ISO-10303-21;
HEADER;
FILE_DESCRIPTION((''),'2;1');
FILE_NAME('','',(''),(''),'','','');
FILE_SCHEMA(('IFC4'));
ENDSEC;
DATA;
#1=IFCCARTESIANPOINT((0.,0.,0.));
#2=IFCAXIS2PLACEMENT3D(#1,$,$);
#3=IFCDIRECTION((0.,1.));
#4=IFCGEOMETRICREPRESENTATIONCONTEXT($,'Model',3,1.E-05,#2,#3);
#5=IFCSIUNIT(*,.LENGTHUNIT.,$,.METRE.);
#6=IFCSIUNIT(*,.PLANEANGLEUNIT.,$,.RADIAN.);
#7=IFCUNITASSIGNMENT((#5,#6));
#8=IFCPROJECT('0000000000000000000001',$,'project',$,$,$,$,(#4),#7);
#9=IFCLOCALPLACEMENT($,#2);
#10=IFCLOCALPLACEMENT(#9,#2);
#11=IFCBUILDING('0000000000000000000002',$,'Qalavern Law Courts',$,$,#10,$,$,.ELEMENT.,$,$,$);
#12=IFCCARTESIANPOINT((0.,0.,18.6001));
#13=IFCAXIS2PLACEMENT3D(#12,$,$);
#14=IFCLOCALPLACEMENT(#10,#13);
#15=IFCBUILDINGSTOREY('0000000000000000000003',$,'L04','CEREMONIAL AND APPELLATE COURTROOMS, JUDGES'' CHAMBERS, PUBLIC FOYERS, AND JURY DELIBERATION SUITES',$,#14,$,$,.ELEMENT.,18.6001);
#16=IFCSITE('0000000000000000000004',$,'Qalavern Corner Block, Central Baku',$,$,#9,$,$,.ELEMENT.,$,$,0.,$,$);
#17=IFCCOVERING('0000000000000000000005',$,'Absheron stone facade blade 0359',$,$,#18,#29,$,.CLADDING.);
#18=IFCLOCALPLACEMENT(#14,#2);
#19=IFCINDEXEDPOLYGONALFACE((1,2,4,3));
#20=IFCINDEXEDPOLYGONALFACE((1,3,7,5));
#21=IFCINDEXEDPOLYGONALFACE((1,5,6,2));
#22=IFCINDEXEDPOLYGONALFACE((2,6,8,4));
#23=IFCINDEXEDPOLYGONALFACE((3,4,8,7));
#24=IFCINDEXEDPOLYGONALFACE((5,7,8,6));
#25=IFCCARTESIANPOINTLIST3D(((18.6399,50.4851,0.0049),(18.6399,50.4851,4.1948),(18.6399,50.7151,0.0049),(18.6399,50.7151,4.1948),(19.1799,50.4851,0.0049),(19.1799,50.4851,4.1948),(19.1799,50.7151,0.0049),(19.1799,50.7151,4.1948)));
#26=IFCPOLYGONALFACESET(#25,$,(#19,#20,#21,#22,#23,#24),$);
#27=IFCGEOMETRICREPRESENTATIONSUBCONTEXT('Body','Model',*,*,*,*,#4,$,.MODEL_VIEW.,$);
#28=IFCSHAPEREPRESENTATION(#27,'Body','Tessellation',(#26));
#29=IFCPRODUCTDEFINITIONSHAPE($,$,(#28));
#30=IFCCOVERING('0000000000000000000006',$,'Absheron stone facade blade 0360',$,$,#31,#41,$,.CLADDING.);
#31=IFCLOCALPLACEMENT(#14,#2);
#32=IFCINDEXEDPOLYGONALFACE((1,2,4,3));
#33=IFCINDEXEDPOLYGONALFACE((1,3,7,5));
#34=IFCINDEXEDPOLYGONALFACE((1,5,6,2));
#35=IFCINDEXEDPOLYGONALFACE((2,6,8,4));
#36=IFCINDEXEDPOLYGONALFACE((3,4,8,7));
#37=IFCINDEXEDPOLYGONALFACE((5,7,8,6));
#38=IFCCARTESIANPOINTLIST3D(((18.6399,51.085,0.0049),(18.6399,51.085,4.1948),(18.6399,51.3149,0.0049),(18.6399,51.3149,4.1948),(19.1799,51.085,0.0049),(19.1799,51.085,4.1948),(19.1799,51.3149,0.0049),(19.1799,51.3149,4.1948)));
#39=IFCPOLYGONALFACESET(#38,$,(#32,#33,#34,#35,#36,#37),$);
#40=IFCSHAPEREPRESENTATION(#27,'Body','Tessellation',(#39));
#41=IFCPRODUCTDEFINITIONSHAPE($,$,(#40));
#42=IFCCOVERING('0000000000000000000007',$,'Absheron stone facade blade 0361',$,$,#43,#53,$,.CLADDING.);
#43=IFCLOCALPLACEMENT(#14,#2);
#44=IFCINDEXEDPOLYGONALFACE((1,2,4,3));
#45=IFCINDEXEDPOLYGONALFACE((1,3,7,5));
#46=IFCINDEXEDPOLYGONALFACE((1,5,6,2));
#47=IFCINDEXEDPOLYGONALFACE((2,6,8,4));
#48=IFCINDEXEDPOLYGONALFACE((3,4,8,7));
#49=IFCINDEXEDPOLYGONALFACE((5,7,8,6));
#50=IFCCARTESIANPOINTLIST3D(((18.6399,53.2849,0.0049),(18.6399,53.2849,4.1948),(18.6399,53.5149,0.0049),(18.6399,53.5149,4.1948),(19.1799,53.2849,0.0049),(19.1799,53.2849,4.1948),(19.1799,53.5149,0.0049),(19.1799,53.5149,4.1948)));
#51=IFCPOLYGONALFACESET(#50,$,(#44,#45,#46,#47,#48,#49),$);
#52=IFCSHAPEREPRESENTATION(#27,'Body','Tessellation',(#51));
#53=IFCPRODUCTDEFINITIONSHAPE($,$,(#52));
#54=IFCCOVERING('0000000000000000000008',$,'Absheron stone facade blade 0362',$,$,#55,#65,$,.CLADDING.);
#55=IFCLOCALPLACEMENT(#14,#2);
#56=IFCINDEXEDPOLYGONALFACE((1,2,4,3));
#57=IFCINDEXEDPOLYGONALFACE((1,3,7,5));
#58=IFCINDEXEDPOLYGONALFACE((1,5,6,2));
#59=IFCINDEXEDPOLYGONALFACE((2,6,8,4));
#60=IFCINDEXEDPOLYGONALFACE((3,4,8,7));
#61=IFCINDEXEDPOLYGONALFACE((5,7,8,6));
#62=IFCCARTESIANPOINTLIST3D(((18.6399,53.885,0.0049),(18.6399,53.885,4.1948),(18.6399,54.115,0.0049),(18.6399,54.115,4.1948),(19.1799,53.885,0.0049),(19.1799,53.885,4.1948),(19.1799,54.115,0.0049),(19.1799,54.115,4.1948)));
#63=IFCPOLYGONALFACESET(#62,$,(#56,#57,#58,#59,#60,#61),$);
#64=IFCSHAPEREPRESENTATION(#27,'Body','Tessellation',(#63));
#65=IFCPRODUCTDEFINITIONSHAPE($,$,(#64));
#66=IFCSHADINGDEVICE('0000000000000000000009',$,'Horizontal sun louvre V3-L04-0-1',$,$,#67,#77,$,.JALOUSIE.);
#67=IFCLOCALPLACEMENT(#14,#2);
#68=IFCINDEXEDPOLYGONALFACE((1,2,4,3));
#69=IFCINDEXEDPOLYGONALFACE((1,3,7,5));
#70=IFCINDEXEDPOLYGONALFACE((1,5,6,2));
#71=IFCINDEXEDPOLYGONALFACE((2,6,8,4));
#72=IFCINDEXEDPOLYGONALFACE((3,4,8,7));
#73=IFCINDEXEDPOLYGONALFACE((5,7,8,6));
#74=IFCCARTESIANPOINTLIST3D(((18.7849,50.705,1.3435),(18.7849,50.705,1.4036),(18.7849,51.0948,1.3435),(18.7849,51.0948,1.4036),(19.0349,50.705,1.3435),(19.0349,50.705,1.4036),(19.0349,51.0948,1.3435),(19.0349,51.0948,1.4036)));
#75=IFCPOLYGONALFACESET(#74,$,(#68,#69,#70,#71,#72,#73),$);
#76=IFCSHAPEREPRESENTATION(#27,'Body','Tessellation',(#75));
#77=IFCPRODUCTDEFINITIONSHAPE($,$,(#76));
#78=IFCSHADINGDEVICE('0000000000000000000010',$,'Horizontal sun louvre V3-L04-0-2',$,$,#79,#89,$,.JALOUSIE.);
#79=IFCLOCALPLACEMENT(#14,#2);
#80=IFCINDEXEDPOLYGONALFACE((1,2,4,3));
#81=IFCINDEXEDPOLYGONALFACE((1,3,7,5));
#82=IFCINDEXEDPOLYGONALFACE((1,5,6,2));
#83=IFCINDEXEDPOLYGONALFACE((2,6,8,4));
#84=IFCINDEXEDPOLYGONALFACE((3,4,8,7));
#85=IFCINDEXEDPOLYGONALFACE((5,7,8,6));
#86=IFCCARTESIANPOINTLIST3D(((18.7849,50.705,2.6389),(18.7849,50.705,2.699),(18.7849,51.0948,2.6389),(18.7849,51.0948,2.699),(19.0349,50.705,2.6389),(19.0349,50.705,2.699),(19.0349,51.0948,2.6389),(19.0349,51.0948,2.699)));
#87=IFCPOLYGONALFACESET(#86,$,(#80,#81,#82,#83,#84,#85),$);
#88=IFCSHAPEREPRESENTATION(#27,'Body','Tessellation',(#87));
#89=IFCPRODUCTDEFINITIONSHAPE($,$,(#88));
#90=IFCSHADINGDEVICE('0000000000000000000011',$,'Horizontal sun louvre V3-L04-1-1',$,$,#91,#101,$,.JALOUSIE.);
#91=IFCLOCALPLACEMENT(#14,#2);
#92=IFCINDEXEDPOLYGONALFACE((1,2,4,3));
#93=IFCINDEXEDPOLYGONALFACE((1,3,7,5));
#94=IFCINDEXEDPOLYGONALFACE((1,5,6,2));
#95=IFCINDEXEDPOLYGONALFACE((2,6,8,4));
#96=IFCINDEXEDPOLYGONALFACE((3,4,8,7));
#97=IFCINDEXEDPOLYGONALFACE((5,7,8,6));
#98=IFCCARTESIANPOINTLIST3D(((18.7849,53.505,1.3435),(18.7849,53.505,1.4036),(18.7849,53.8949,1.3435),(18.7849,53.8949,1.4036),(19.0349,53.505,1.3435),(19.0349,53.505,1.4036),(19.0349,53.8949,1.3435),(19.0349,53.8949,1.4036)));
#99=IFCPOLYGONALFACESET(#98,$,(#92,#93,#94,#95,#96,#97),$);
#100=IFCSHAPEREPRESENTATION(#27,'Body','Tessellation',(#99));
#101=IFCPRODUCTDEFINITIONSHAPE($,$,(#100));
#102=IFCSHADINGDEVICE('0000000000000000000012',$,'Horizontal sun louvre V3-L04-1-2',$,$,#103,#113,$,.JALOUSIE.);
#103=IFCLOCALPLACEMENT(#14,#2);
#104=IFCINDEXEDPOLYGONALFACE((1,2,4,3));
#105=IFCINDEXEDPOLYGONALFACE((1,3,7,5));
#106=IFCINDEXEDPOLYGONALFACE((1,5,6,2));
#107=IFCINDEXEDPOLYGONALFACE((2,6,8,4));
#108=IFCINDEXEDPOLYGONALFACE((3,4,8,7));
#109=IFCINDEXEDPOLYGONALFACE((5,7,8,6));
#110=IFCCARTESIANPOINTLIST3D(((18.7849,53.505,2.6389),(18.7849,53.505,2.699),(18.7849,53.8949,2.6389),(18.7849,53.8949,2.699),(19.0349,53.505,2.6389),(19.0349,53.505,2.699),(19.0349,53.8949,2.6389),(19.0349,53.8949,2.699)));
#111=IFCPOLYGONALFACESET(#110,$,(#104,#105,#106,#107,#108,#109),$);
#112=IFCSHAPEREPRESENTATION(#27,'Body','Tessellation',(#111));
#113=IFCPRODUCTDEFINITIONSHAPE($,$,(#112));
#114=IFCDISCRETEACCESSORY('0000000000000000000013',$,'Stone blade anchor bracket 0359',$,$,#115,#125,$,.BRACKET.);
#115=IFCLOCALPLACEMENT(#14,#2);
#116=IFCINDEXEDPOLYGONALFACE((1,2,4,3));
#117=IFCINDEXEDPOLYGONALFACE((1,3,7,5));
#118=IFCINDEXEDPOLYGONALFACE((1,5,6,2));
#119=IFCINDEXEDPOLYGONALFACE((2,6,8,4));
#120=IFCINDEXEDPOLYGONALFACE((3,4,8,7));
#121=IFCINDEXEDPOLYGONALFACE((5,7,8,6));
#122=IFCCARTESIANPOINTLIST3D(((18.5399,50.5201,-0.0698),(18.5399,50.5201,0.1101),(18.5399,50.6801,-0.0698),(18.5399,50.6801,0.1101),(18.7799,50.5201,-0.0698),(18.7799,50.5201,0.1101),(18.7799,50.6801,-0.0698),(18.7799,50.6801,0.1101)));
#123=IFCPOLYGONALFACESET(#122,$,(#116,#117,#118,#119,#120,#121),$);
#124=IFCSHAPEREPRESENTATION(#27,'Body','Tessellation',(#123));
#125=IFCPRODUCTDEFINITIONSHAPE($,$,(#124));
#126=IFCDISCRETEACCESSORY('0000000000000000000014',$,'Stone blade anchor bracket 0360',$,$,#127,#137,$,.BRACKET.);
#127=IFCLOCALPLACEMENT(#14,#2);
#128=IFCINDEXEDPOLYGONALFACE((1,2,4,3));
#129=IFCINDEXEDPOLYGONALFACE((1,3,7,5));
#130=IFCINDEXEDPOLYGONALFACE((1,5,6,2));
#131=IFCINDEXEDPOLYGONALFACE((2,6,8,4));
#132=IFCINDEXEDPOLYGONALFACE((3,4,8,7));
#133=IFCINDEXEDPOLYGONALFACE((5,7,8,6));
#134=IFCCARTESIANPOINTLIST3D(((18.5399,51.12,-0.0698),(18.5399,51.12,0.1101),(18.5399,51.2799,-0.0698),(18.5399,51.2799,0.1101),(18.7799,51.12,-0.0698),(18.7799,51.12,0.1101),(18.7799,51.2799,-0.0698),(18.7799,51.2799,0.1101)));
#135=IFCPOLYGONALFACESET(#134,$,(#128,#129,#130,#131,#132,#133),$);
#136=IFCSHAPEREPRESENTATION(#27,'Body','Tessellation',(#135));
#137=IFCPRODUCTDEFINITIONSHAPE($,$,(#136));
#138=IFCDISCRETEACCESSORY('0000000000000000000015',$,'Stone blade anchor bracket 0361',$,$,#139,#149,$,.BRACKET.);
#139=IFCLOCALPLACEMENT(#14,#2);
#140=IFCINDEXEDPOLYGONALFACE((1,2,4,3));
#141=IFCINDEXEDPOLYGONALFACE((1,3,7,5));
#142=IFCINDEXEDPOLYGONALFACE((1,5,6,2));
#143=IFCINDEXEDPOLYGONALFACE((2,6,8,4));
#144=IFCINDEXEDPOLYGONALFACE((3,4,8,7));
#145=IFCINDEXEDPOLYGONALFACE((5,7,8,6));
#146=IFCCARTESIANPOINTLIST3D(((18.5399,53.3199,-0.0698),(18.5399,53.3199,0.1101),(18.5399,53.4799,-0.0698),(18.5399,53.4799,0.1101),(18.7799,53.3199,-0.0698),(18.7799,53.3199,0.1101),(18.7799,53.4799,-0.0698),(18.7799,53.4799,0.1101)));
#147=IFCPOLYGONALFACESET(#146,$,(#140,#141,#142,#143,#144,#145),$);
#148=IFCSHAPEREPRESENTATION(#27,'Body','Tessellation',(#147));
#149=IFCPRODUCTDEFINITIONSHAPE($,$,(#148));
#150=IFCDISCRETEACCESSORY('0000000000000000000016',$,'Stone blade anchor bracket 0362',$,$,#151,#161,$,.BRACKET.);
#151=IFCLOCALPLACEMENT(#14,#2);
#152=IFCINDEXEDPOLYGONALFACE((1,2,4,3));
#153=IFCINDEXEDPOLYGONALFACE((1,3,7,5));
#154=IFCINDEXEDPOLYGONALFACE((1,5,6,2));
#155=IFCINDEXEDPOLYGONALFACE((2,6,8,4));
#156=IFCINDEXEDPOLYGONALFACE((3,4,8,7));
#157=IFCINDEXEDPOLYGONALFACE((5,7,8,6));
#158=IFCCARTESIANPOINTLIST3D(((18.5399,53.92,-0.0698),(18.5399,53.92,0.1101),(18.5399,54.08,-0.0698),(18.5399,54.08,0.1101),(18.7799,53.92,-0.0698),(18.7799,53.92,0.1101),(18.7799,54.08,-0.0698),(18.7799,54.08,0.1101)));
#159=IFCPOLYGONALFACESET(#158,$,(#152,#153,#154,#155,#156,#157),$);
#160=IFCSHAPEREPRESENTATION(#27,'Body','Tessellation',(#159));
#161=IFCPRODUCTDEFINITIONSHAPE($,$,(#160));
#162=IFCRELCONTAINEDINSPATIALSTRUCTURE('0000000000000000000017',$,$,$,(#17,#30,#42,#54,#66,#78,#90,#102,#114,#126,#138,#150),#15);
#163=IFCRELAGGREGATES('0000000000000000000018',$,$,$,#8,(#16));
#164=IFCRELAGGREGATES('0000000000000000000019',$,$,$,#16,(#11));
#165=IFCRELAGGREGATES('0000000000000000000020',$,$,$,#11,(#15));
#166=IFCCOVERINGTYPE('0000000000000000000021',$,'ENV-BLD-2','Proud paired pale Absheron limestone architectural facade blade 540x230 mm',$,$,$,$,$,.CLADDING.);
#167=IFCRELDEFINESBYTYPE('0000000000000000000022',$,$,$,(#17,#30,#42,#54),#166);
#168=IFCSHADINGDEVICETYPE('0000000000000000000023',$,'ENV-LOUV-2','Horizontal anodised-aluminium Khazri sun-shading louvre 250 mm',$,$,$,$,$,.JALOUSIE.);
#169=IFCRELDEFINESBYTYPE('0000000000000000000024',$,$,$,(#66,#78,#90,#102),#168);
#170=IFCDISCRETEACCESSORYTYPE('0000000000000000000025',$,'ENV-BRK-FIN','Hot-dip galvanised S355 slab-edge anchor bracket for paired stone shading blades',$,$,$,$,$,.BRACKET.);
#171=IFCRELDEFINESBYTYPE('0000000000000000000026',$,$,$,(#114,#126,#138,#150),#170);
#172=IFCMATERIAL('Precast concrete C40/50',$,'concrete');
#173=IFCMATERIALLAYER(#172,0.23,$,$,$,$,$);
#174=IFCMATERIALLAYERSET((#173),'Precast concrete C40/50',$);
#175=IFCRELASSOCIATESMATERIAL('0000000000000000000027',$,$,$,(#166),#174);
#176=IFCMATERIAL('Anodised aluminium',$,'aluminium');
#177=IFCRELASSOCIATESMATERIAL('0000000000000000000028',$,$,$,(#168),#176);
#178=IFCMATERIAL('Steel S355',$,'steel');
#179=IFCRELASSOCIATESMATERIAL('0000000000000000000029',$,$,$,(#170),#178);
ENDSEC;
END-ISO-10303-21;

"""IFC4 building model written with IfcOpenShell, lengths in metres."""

from ifc_helpers import new_model, si_unit, direction, frame, origin, origin_2d, place, context, subcontext, project, spatial, rectangle, extrude, material, layer, layer_set, type_object, element, save


model = new_model("IFC4")

# Units and contexts
model_context = context("Model", 3, precision=1e-05, world=origin(), true_north=direction((0.0, 1.0)))
body_context = subcontext(model_context, "Body", "Model", "MODEL_VIEW")
ifc_project = project(units=[si_unit("LENGTHUNIT", "METRE"), si_unit("PLANEANGLEUNIT", "RADIAN")], contexts=[model_context])

# Site, building, storey
site_placement = place(None, origin())
site = spatial("IfcSite", under=ifc_project, at=site_placement, Name="Qalavern Corner Block, Central Baku", CompositionType="ELEMENT", RefElevation=0.0)
building_placement = place(site_placement, origin())
building = spatial("IfcBuilding", under=site, at=building_placement, Name="Qalavern Law Courts", CompositionType="ELEMENT")
storey_placement = place(building_placement, frame((0.0, 0.0, 18.6001)))
storey = spatial("IfcBuildingStorey", under=building, at=storey_placement, Name="L04", Description="CEREMONIAL AND APPELLATE COURTROOMS, JUDGES' CHAMBERS, PUBLIC FOYERS, AND JURY DELIBERATION SUITES", CompositionType="ELEMENT", Elevation=18.6001)

# Shared definitions
ifc_material_1 = material(Name="Anodised aluminium", Category="aluminium")

# Coverings
ifc_material_2 = material(Name="Precast concrete C40/50", Category="concrete")
ifc_layer_1 = layer(ifc_material_2, 0.23)
ifc_layer_set_1 = layer_set([ifc_layer_1], Name="Precast concrete C40/50")
covering_type = type_object("IfcCoveringType", Name="ENV-BLD-2", Description="Proud paired pale Absheron limestone architectural facade blade 540x230 mm", PredefinedType="CLADDING", material=ifc_layer_set_1)
for number, where, z_axis, x_axis, name in (
    (1, (18.9099, 50.6001, 0.0049), (0.0, 0.0, 1.0), (1.0, 0.0, 0.0), "Absheron stone facade blade 0359"),
    (2, (18.9099, 51.2, 0.0049), (0.0, 0.0, 1.0), (1.0, 0.0, 0.0), "Absheron stone facade blade 0360"),
    (3, (18.9099, 53.3999, 0.0049), (0.0, 0.0, 1.0), (1.0, 0.0, 0.0), "Absheron stone facade blade 0361"),
    (4, (18.9099, 54.0, 0.0049), (0.0, 0.0, 1.0), (1.0, 0.0, 0.0), "Absheron stone facade blade 0362"),
):
    element("IfcCovering", number, at=place(storey_placement, frame(where, z_axis=z_axis, x_axis=x_axis)), inside=storey, type_object=covering_type, Name=name, PredefinedType="CLADDING", context=body_context, shape_type="SweptSolid", body=[
        extrude(rectangle(XDim=0.54, YDim=0.23, at=origin_2d()), origin(), (0.0, 0.0, 1.0), 4.1899),
    ])

# Shading devices
shading_device_type = type_object("IfcShadingDeviceType", Name="ENV-LOUV-2", Description="Horizontal anodised-aluminium Khazri sun-shading louvre 250 mm", PredefinedType="JALOUSIE", material=ifc_material_1)
for number, where, z_axis, x_axis, name in (
    (5, (18.9099, 50.8999, 1.3435), (0.0, 0.0, 1.0), (0.0, 1.0, 0.0), "Horizontal sun louvre V3-L04-0-1"),
    (6, (18.9099, 50.8999, 2.6389), (0.0, 0.0, 1.0), (0.0, 1.0, 0.0), "Horizontal sun louvre V3-L04-0-2"),
    (7, (18.9099, 53.7, 1.3435), (0.0, 0.0, 1.0), (0.0, 1.0, 0.0), "Horizontal sun louvre V3-L04-1-1"),
    (8, (18.9099, 53.7, 2.6389), (0.0, 0.0, 1.0), (0.0, 1.0, 0.0), "Horizontal sun louvre V3-L04-1-2"),
):
    element("IfcShadingDevice", number, at=place(storey_placement, frame(where, z_axis=z_axis, x_axis=x_axis)), inside=storey, type_object=shading_device_type, Name=name, PredefinedType="JALOUSIE", context=body_context, shape_type="SweptSolid", body=[
        extrude(rectangle(XDim=0.3899, YDim=0.25, at=origin_2d()), origin(), (0.0, 0.0, 1.0), 0.0601),
    ])

# Discrete accessories
ifc_material_3 = material(Name="Steel S355", Category="steel")
discrete_accessory_type = type_object("IfcDiscreteAccessoryType", Name="ENV-BRK-FIN", Description="Hot-dip galvanised S355 slab-edge anchor bracket for paired stone shading blades", PredefinedType="BRACKET", material=ifc_material_3)
for number, where, z_axis, x_axis, name in (
    (9, (18.6599, 50.6001, -0.0698), (0.0, 0.0, 1.0), (1.0, 0.0, 0.0), "Stone blade anchor bracket 0359"),
    (10, (18.6599, 51.2, -0.0698), (0.0, 0.0, 1.0), (1.0, 0.0, 0.0), "Stone blade anchor bracket 0360"),
    (11, (18.6599, 53.3999, -0.0698), (0.0, 0.0, 1.0), (1.0, 0.0, 0.0), "Stone blade anchor bracket 0361"),
    (12, (18.6599, 54.0, -0.0698), (0.0, 0.0, 1.0), (1.0, 0.0, 0.0), "Stone blade anchor bracket 0362"),
):
    element("IfcDiscreteAccessory", number, at=place(storey_placement, frame(where, z_axis=z_axis, x_axis=x_axis)), inside=storey, type_object=discrete_accessory_type, Name=name, PredefinedType="BRACKET", context=body_context, shape_type="SweptSolid", body=[
        extrude(rectangle(XDim=0.24, YDim=0.1599, at=origin_2d()), origin(), (0.0, 0.0, 1.0), 0.1799),
    ])

save(model, "model.ifc")
